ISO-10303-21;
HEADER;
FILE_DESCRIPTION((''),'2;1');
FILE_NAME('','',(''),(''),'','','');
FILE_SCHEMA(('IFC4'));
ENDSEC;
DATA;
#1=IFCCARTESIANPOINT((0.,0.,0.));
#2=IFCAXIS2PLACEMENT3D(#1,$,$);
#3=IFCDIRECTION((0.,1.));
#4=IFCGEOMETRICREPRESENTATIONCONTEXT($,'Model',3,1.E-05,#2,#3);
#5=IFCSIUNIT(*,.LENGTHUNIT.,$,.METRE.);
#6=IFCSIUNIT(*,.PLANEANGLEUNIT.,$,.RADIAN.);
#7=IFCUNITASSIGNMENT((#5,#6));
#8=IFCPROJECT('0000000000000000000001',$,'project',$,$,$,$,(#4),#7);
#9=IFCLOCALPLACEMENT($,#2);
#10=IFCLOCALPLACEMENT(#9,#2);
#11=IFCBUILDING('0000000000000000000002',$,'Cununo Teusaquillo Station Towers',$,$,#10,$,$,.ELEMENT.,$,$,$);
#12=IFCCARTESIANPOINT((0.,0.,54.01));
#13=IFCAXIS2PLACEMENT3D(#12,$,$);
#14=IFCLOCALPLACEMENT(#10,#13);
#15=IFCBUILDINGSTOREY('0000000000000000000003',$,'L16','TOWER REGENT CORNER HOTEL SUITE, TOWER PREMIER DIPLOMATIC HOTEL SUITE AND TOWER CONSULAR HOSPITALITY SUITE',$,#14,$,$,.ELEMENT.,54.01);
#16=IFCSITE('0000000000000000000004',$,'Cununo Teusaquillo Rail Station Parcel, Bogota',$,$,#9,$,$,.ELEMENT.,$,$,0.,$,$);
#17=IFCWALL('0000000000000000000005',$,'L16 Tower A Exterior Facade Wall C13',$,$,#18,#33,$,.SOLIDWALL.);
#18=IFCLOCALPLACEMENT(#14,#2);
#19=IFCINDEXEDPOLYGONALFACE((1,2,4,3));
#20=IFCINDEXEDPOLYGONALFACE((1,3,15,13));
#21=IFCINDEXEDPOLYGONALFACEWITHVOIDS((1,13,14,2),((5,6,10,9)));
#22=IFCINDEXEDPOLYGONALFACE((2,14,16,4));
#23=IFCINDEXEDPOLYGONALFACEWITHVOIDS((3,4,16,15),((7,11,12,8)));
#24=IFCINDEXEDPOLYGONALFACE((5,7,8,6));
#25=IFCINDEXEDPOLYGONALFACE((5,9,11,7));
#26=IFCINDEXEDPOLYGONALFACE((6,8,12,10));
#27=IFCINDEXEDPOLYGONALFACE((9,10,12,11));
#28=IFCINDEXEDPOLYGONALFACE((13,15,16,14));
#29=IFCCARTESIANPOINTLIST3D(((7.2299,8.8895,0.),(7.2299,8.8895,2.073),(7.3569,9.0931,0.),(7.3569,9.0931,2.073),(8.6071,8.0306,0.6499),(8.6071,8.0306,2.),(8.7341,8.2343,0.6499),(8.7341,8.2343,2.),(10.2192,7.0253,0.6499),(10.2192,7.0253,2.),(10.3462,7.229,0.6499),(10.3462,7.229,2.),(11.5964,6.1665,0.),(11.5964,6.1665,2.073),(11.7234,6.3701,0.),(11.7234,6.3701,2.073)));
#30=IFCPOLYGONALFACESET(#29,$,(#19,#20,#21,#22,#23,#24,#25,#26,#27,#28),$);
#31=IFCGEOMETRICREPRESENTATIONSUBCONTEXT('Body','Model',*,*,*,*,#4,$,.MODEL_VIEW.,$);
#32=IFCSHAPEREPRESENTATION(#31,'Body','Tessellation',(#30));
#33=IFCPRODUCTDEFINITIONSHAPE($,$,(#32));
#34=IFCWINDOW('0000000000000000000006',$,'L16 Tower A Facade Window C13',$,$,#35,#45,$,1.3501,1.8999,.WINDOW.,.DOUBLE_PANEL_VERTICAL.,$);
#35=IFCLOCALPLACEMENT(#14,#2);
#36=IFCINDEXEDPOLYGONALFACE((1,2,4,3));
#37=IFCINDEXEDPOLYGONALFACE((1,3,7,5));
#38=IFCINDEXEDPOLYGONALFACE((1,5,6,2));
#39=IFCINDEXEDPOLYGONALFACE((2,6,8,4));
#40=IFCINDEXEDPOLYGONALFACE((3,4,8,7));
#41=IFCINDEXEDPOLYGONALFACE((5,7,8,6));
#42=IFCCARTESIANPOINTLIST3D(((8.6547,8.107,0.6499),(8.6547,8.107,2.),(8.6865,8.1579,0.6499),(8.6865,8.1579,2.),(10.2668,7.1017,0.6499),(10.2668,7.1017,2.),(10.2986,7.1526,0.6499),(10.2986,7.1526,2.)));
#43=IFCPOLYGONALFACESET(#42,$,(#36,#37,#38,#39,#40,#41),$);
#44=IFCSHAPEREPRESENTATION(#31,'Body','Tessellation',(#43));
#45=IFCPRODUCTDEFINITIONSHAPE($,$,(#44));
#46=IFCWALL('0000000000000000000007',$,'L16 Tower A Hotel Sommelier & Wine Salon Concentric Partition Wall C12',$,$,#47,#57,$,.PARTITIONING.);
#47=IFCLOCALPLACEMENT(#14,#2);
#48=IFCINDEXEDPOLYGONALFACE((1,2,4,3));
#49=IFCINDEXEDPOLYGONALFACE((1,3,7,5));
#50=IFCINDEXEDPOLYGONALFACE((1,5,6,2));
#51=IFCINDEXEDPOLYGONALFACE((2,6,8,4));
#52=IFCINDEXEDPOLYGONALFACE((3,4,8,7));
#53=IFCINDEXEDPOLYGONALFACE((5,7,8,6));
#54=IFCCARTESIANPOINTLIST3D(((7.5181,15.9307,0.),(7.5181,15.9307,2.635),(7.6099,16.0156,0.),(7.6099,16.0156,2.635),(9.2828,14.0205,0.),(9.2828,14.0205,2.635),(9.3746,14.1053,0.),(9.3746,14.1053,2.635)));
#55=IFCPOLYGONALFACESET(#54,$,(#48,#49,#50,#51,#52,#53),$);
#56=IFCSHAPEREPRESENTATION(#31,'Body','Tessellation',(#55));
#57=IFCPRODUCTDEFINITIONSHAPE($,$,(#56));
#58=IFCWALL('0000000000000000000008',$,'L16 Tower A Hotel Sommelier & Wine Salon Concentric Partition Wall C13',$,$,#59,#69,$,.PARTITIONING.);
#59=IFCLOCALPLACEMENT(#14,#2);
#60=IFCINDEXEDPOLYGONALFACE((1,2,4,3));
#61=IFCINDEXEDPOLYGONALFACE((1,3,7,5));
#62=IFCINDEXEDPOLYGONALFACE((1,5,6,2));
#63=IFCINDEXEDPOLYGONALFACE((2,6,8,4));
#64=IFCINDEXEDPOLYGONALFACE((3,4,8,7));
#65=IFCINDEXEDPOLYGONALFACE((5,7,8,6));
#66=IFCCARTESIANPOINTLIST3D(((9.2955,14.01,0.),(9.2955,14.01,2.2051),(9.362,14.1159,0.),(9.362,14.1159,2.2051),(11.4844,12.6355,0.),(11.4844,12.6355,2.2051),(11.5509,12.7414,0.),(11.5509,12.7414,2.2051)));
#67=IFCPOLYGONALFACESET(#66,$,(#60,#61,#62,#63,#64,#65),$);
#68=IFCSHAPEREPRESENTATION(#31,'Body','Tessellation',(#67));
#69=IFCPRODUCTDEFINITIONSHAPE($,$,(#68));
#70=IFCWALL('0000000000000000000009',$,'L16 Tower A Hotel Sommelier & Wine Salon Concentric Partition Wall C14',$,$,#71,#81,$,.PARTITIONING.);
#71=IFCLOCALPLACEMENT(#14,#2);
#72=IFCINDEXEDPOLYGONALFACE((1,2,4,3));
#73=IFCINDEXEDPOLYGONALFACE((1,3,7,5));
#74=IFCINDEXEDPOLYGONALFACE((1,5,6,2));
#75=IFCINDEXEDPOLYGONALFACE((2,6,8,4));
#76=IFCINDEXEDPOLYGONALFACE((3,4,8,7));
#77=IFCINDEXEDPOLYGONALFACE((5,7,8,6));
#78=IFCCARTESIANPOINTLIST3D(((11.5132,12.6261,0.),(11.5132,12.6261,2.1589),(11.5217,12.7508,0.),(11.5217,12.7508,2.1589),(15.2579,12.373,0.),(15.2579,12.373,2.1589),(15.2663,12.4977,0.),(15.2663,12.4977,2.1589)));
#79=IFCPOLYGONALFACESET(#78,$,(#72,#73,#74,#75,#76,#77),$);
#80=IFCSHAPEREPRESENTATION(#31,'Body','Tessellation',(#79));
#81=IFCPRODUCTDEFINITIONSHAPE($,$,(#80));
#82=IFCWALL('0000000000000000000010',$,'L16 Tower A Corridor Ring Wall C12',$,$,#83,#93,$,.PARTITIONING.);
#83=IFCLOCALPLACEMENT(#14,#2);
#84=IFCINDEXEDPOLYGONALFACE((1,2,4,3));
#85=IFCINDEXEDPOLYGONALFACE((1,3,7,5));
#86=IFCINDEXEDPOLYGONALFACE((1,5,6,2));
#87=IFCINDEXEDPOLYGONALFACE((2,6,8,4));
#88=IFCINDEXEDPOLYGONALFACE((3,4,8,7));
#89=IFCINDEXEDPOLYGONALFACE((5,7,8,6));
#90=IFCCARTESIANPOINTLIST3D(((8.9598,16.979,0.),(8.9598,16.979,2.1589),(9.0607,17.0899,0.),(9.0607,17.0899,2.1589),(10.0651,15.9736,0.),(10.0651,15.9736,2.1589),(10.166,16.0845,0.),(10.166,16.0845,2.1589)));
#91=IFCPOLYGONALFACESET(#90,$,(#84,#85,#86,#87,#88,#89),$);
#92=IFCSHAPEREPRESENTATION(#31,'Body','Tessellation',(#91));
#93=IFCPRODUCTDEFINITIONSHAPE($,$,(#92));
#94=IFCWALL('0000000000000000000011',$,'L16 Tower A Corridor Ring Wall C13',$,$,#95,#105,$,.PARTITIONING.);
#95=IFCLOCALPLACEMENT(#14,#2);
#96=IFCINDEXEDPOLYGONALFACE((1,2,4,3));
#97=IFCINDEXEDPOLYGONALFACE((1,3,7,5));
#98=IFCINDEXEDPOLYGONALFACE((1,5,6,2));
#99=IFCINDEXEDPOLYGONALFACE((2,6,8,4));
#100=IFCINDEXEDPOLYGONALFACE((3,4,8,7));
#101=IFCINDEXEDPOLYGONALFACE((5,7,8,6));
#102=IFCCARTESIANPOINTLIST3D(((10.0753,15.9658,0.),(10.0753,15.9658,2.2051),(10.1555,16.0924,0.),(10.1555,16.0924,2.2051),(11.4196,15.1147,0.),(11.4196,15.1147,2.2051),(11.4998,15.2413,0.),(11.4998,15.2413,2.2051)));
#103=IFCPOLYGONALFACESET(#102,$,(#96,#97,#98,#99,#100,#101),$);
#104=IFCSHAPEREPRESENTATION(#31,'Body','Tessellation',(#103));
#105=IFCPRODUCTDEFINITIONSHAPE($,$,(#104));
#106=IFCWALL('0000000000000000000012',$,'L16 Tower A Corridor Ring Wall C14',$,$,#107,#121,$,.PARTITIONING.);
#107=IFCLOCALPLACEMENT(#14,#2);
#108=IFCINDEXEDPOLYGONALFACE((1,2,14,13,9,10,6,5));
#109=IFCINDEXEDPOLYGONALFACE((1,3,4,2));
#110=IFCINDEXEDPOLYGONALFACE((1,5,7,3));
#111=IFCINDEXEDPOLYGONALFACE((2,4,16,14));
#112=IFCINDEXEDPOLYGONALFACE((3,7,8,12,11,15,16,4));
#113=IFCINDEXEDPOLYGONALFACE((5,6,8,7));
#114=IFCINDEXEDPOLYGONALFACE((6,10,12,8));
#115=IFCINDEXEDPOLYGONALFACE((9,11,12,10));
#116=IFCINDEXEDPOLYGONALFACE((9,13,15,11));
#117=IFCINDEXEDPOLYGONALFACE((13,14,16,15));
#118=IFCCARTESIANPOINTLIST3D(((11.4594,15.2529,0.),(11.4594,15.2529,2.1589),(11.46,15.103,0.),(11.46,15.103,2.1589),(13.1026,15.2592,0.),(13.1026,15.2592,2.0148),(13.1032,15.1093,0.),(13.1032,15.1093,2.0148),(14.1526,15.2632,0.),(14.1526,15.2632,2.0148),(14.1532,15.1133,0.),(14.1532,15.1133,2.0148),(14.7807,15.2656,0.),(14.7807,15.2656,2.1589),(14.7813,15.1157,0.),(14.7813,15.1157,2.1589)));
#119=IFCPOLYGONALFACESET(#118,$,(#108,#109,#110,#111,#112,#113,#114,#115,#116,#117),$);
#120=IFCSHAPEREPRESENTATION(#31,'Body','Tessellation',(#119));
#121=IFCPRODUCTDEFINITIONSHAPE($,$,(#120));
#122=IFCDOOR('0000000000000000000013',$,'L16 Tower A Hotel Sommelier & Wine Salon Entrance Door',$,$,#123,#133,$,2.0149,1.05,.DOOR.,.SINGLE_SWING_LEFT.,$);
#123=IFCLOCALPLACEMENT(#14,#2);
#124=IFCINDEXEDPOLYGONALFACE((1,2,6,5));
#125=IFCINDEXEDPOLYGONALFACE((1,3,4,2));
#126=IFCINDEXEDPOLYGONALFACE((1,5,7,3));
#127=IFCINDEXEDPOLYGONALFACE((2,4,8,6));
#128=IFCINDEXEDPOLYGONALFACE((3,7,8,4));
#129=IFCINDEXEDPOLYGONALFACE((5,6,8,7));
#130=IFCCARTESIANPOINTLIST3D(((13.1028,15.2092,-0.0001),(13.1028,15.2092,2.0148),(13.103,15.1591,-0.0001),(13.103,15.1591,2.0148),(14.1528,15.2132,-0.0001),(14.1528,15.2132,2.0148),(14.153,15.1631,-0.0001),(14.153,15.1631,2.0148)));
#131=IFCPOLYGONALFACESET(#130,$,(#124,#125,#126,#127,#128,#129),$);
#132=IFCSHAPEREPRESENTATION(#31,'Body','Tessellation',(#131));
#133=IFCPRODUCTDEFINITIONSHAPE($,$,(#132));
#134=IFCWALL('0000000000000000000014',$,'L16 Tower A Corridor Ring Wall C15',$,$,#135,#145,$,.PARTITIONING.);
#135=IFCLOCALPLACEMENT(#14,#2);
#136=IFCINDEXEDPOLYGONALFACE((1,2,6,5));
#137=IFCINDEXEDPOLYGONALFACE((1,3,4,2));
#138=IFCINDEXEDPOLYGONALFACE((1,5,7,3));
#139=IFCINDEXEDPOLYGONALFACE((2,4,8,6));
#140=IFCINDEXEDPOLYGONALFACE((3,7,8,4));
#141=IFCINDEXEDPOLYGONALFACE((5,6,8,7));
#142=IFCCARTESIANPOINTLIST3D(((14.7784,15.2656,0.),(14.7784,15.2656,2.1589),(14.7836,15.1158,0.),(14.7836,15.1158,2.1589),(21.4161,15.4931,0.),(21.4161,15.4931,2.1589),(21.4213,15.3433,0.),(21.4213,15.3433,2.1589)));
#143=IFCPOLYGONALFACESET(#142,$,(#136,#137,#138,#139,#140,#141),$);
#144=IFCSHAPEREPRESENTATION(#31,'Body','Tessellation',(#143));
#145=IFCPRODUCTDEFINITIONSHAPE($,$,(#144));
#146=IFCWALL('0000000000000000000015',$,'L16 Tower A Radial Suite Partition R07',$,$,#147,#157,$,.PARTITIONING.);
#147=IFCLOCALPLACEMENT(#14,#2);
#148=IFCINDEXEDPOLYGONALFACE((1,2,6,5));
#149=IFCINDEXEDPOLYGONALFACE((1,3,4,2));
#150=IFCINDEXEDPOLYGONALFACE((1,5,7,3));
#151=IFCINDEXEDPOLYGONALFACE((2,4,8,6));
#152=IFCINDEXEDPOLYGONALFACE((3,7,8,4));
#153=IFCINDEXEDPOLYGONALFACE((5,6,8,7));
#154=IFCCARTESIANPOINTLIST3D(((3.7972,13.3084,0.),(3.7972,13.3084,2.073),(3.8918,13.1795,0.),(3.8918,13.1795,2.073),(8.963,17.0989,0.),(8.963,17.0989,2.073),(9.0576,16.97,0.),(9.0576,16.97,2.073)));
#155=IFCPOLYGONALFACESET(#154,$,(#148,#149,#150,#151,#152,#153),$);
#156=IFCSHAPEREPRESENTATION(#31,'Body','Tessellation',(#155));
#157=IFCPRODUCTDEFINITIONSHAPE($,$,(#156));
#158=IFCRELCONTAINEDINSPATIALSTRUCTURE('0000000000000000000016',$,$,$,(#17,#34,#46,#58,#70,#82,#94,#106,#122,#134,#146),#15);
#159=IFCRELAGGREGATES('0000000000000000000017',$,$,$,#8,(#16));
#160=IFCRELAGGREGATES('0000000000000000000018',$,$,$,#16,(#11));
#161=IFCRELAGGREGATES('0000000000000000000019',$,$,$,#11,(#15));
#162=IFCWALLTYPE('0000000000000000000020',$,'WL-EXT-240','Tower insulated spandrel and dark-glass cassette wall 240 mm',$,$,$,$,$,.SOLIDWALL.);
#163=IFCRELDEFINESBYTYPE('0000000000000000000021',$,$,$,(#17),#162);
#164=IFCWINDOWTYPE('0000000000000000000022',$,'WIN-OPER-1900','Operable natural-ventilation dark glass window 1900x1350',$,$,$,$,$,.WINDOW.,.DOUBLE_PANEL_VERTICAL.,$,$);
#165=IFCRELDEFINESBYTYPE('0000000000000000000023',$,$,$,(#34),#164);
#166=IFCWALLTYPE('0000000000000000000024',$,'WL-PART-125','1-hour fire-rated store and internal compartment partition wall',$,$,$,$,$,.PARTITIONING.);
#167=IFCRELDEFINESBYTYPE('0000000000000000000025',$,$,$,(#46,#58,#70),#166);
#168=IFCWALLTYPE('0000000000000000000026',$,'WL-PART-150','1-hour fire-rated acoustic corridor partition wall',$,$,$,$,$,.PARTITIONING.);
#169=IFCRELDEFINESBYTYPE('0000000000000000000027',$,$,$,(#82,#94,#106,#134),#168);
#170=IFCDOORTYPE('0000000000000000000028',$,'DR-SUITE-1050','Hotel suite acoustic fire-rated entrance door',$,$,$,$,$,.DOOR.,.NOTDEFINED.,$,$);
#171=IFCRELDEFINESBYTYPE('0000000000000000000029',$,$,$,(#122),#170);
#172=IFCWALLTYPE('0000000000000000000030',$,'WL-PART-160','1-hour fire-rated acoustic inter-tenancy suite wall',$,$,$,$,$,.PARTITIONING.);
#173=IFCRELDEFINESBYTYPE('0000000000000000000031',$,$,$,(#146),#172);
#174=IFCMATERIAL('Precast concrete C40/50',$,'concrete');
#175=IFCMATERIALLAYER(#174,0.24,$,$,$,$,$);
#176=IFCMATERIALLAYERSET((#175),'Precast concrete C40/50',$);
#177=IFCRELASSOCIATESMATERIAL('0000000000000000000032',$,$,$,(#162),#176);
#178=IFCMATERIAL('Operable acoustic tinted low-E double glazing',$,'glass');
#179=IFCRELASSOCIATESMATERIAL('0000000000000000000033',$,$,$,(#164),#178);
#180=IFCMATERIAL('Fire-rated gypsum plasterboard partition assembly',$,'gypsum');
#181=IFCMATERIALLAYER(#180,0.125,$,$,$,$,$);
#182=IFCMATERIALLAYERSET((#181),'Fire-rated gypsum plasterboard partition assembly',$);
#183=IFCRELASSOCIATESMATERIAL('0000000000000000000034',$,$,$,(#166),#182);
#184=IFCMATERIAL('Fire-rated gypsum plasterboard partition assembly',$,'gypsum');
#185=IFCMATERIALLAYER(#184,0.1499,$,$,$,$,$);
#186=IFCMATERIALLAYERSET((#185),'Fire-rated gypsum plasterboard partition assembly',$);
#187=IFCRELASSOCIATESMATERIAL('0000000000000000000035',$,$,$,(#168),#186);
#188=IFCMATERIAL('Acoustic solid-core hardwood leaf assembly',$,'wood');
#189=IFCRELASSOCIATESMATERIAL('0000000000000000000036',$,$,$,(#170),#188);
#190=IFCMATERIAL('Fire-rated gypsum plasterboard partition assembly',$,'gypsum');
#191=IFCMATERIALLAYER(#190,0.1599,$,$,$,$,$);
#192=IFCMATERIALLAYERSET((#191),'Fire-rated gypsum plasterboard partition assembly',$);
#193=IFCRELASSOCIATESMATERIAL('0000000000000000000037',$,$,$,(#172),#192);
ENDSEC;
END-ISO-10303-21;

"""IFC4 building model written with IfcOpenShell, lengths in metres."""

from ifc_helpers import new_model, si_unit, direction, frame, frame_2d, origin, place, context, subcontext, project, spatial, rectangle, extrude, source, transform, mapped, material, layer, layer_set, type_object, element, fill, save


model = new_model("IFC4")

# Units and contexts
model_context = context("Model", 3, precision=1e-05, world=origin(), true_north=direction((0.0, 1.0)))
body_context = subcontext(model_context, "Body", "Model", "MODEL_VIEW")
ifc_project = project(units=[si_unit("LENGTHUNIT", "METRE"), si_unit("PLANEANGLEUNIT", "RADIAN")], contexts=[model_context])

# Site, building, storey
site_placement = place(None, origin())
site = spatial("IfcSite", under=ifc_project, at=site_placement, Name="Cununo Teusaquillo Rail Station Parcel, Bogota", CompositionType="ELEMENT", RefElevation=0.0)
building_placement = place(site_placement, origin())
building = spatial("IfcBuilding", under=site, at=building_placement, Name="Cununo Teusaquillo Station Towers", CompositionType="ELEMENT")
storey_placement = place(building_placement, frame((0.0, 0.0, 54.01)))
storey = spatial("IfcBuildingStorey", under=building, at=storey_placement, Name="L16", Description="TOWER REGENT CORNER HOTEL SUITE, TOWER PREMIER DIPLOMATIC HOTEL SUITE AND TOWER CONSULAR HOSPITALITY SUITE", CompositionType="ELEMENT", Elevation=54.01)

# Shared definitions
ifc_material_1 = material(Name="Precast concrete C40/50", Category="concrete")
ifc_layer_1 = layer(ifc_material_1, 0.24)
ifc_layer_set_1 = layer_set([ifc_layer_1], Name="Precast concrete C40/50")
wall_type_1 = type_object("IfcWallType", Name="WL-EXT-240", Description="Tower insulated spandrel and dark-glass cassette wall 240 mm", PredefinedType="SOLIDWALL", material=ifc_layer_set_1)

# Wall, opening, window
wall_1_placement = place(storey_placement, frame((11.6599, 6.2683, 0.0), z_axis=(0.0, 0.0, 1.0), x_axis=(-0.848534, 0.529141, 0.0)))
wall_1 = element("IfcWall", 1, at=wall_1_placement, inside=storey, type_object=wall_type_1, Name="L16 Tower A Exterior Facade Wall C13", PredefinedType="SOLIDWALL", context=body_context, shape_type="SweptSolid", body=[
    extrude(rectangle(XDim=5.146, YDim=0.24, at=frame_2d((2.573, 0.0))), origin(), (0.0, 0.0, 1.0), 2.073),
])
shared_shape_1 = source(origin(), body_context, "Body", "SweptSolid", [
    extrude(rectangle(XDim=1.8999, YDim=1.3501, at=frame_2d((0.95, 0.675))), frame((0.0, 0.1299, 0.0), z_axis=(0.0, -1.0, 0.0), x_axis=(1.0, 0.0, 0.0)), (0.0, 0.0, 1.0), 0.26),
])
opening_1_placement = place(wall_1_placement, frame((1.623, 0.0, 0.6499)))
opening_1 = element("IfcOpeningElement", 2, at=opening_1_placement, cuts=wall_1, PredefinedType="OPENING", context=body_context, shape_type="MappedRepresentation", body=[
    mapped(shared_shape_1, transform((0.0, 0.0, 0.0), x_axis=(1.0, 0.0, 0.0), y_axis=(0.0, 1.0, 0.0), z_axis=(0.0, 0.0, 1.0), scale=1.0)),
])
ifc_material_2 = material(Name="Operable acoustic tinted low-E double glazing", Category="glass")
window_type_1 = type_object("IfcWindowType", Name="WIN-OPER-1900", Description="Operable natural-ventilation dark glass window 1900x1350", PartitioningType="DOUBLE_PANEL_VERTICAL", PredefinedType="WINDOW", material=ifc_material_2)
shared_shape_2 = source(origin(), body_context, "Body", "SweptSolid", [
    extrude(rectangle(XDim=1.8999, YDim=1.3501, at=frame_2d((0.95, 0.675))), frame((0.0, 0.03, 0.0), z_axis=(0.0, -1.0, 0.0), x_axis=(1.0, 0.0, 0.0)), (0.0, 0.0, 1.0), 0.0601),
])
window_1_placement = place(opening_1_placement, origin())
window_1 = element("IfcWindow", 3, at=window_1_placement, inside=storey, type_object=window_type_1, Name="L16 Tower A Facade Window C13", OverallHeight=1.3501, OverallWidth=1.8999, PartitioningType="DOUBLE_PANEL_VERTICAL", PredefinedType="WINDOW", context=body_context, shape_type="MappedRepresentation", body=[
    mapped(shared_shape_2, transform((0.0, 0.0, 0.0), x_axis=(1.0, 0.0, 0.0), y_axis=(0.0, 1.0, 0.0), z_axis=(0.0, 0.0, 1.0), scale=1.0)),
])
fill(opening_1, window_1)

# Walls
ifc_material_3 = material(Name="Fire-rated gypsum plasterboard partition assembly", Category="gypsum")
ifc_layer_2 = layer(ifc_material_3, 0.125)
ifc_layer_set_2 = layer_set([ifc_layer_2], Name="Fire-rated gypsum plasterboard partition assembly")
wall_type_2 = type_object("IfcWallType", Name="WL-PART-125", Description="1-hour fire-rated store and internal compartment partition wall", PredefinedType="PARTITIONING", material=ifc_layer_set_2)
wall_2_placement = place(storey_placement, frame((7.564, 15.9731, 0.0), z_axis=(0.0, 0.0, 1.0), x_axis=(0.678576, -0.73453, 0.0)))
element("IfcWall", 4, at=wall_2_placement, inside=storey, type_object=wall_type_2, Name="L16 Tower A Hotel Sommelier & Wine Salon Concentric Partition Wall C12", PredefinedType="PARTITIONING", context=body_context, shape_type="SweptSolid", body=[
    extrude(rectangle(XDim=2.6006, YDim=0.125, at=frame_2d((1.3003, 0.0))), origin(), (0.0, 0.0, 1.0), 2.635),
])
wall_3_placement = place(storey_placement, frame((9.3286, 14.063, 0.0), z_axis=(0.0, 0.0, 1.0), x_axis=(0.846882, -0.531781, 0.0)))
element("IfcWall", 5, at=wall_3_placement, inside=storey, type_object=wall_type_2, Name="L16 Tower A Hotel Sommelier & Wine Salon Concentric Partition Wall C13", PredefinedType="PARTITIONING", context=body_context, shape_type="SweptSolid", body=[
    extrude(rectangle(XDim=2.5847, YDim=0.125, at=frame_2d((1.2925, 0.0))), origin(), (0.0, 0.0, 1.0), 2.2051),
])
wall_4_placement = place(storey_placement, frame((11.5176, 12.6885, 0.0), z_axis=(0.0, 0.0, 1.0), x_axis=(0.997722, -0.067456, 0.0)))
element("IfcWall", 6, at=wall_4_placement, inside=storey, type_object=wall_type_2, Name="L16 Tower A Hotel Sommelier & Wine Salon Concentric Partition Wall C14", PredefinedType="PARTITIONING", context=body_context, shape_type="SweptSolid", body=[
    extrude(rectangle(XDim=3.7532, YDim=0.125, at=frame_2d((1.8765, 0.0))), origin(), (0.0, 0.0, 1.0), 2.1589),
])
ifc_material_4 = material(Name="Fire-rated gypsum plasterboard partition assembly", Category="gypsum")
ifc_layer_3 = layer(ifc_material_4, 0.1499)
ifc_layer_set_3 = layer_set([ifc_layer_3], Name="Fire-rated gypsum plasterboard partition assembly")
wall_type_3 = type_object("IfcWallType", Name="WL-PART-150", Description="1-hour fire-rated acoustic corridor partition wall", PredefinedType="PARTITIONING", material=ifc_layer_set_3)
wall_5_placement = place(storey_placement, frame((9.0103, 17.0344, 0.0), z_axis=(0.0, 0.0, 1.0), x_axis=(0.739733, -0.6729, 0.0)))
element("IfcWall", 7, at=wall_5_placement, inside=storey, type_object=wall_type_3, Name="L16 Tower A Corridor Ring Wall C12", PredefinedType="PARTITIONING", context=body_context, shape_type="SweptSolid", body=[
    extrude(rectangle(XDim=1.4941, YDim=0.1499, at=frame_2d((0.7471, 0.0))), origin(), (0.0, 0.0, 1.0), 2.1589),
])
wall_6_placement = place(storey_placement, frame((10.1155, 16.0291, 0.0), z_axis=(0.0, 0.0, 1.0), x_axis=(0.844898, -0.534928, 0.0)))
element("IfcWall", 8, at=wall_6_placement, inside=storey, type_object=wall_type_3, Name="L16 Tower A Corridor Ring Wall C13", PredefinedType="PARTITIONING", context=body_context, shape_type="SweptSolid", body=[
    extrude(rectangle(XDim=1.5911, YDim=0.1499, at=frame_2d((0.7954, 0.0))), origin(), (0.0, 0.0, 1.0), 2.2051),
])

# Wall, opening, door
wall_7_placement = place(storey_placement, frame((11.4597, 15.178, 0.0), z_axis=(0.0, 0.0, 1.0), x_axis=(0.999993, 0.003822, 0.0)))
wall_7 = element("IfcWall", 9, at=wall_7_placement, inside=storey, type_object=wall_type_3, Name="L16 Tower A Corridor Ring Wall C14", PredefinedType="PARTITIONING", context=body_context, shape_type="SweptSolid", body=[
    extrude(rectangle(XDim=3.3213, YDim=0.1499, at=frame_2d((1.6606, 0.0))), origin(), (0.0, 0.0, 1.0), 2.1589),
])
shared_shape_3 = source(origin(), body_context, "Body", "SweptSolid", [
    extrude(rectangle(XDim=1.05, YDim=2.0149, at=frame_2d((0.5249, 1.0073))), frame((0.0, 0.085, 0.0), z_axis=(0.0, -1.0, 0.0), x_axis=(1.0, 0.0, 0.0)), (0.0, 0.0, 1.0), 0.1699),
])
opening_2_placement = place(wall_7_placement, frame((1.6433, 0.0, 0.0)))
opening_2 = element("IfcOpeningElement", 10, at=opening_2_placement, cuts=wall_7, PredefinedType="OPENING", context=body_context, shape_type="MappedRepresentation", body=[
    mapped(shared_shape_3, transform((0.0, 0.0, 0.0), x_axis=(1.0, 0.0, 0.0), y_axis=(0.0, 1.0, 0.0), z_axis=(0.0, 0.0, 1.0), scale=1.0)),
])
ifc_material_5 = material(Name="Acoustic solid-core hardwood leaf assembly", Category="wood")
door_type_1 = type_object("IfcDoorType", Name="DR-SUITE-1050", Description="Hotel suite acoustic fire-rated entrance door", OperationType="NOTDEFINED", PredefinedType="DOOR", material=ifc_material_5)
shared_shape_4 = source(origin(), body_context, "Body", "SweptSolid", [
    extrude(rectangle(XDim=1.05, YDim=2.0149, at=frame_2d((0.5249, 1.0073))), frame((0.0, 0.0249, 0.0), z_axis=(0.0, -1.0, 0.0), x_axis=(1.0, 0.0, 0.0)), (0.0, 0.0, 1.0), 0.05),
])
door_1_placement = place(opening_2_placement, origin())
door_1 = element("IfcDoor", 11, at=door_1_placement, inside=storey, type_object=door_type_1, Name="L16 Tower A Hotel Sommelier & Wine Salon Entrance Door", OperationType="SINGLE_SWING_LEFT", OverallHeight=2.0149, OverallWidth=1.05, PredefinedType="DOOR", context=body_context, shape_type="MappedRepresentation", body=[
    mapped(shared_shape_4, transform((0.0, 0.0, 0.0), x_axis=(1.0, 0.0, 0.0), y_axis=(0.0, 1.0, 0.0), z_axis=(0.0, 0.0, 1.0), scale=1.0)),
])
fill(opening_2, door_1)

# Walls
wall_8_placement = place(storey_placement, frame((14.781, 15.1907, 0.0), z_axis=(0.0, 0.0, 1.0), x_axis=(0.999413, 0.03426, 0.0)))
element("IfcWall", 12, at=wall_8_placement, inside=storey, type_object=wall_type_3, Name="L16 Tower A Corridor Ring Wall C15", PredefinedType="PARTITIONING", context=body_context, shape_type="SweptSolid", body=[
    extrude(rectangle(XDim=6.6416, YDim=0.1499, at=frame_2d((3.3208, 0.0))), origin(), (0.0, 0.0, 1.0), 2.1589),
])
ifc_material_6 = material(Name="Fire-rated gypsum plasterboard partition assembly", Category="gypsum")
ifc_layer_4 = layer(ifc_material_6, 0.1599)
ifc_layer_set_4 = layer_set([ifc_layer_4], Name="Fire-rated gypsum plasterboard partition assembly")
wall_type_4 = type_object("IfcWallType", Name="WL-PART-160", Description="1-hour fire-rated acoustic inter-tenancy suite wall", PredefinedType="PARTITIONING", material=ifc_layer_set_4)
wall_9_placement = place(storey_placement, frame((9.0103, 17.0344, 0.0), z_axis=(0.0, 0.0, 1.0), x_axis=(-0.806234, -0.591597, 0.0)))
element("IfcWall", 13, at=wall_9_placement, inside=storey, type_object=wall_type_4, Name="L16 Tower A Radial Suite Partition R07", PredefinedType="PARTITIONING", context=body_context, shape_type="SweptSolid", body=[
    extrude(rectangle(XDim=6.4072, YDim=0.1599, at=frame_2d((3.2036, 0.0))), origin(), (0.0, 0.0, 1.0), 2.073),
])

save(model, "model.ifc")
